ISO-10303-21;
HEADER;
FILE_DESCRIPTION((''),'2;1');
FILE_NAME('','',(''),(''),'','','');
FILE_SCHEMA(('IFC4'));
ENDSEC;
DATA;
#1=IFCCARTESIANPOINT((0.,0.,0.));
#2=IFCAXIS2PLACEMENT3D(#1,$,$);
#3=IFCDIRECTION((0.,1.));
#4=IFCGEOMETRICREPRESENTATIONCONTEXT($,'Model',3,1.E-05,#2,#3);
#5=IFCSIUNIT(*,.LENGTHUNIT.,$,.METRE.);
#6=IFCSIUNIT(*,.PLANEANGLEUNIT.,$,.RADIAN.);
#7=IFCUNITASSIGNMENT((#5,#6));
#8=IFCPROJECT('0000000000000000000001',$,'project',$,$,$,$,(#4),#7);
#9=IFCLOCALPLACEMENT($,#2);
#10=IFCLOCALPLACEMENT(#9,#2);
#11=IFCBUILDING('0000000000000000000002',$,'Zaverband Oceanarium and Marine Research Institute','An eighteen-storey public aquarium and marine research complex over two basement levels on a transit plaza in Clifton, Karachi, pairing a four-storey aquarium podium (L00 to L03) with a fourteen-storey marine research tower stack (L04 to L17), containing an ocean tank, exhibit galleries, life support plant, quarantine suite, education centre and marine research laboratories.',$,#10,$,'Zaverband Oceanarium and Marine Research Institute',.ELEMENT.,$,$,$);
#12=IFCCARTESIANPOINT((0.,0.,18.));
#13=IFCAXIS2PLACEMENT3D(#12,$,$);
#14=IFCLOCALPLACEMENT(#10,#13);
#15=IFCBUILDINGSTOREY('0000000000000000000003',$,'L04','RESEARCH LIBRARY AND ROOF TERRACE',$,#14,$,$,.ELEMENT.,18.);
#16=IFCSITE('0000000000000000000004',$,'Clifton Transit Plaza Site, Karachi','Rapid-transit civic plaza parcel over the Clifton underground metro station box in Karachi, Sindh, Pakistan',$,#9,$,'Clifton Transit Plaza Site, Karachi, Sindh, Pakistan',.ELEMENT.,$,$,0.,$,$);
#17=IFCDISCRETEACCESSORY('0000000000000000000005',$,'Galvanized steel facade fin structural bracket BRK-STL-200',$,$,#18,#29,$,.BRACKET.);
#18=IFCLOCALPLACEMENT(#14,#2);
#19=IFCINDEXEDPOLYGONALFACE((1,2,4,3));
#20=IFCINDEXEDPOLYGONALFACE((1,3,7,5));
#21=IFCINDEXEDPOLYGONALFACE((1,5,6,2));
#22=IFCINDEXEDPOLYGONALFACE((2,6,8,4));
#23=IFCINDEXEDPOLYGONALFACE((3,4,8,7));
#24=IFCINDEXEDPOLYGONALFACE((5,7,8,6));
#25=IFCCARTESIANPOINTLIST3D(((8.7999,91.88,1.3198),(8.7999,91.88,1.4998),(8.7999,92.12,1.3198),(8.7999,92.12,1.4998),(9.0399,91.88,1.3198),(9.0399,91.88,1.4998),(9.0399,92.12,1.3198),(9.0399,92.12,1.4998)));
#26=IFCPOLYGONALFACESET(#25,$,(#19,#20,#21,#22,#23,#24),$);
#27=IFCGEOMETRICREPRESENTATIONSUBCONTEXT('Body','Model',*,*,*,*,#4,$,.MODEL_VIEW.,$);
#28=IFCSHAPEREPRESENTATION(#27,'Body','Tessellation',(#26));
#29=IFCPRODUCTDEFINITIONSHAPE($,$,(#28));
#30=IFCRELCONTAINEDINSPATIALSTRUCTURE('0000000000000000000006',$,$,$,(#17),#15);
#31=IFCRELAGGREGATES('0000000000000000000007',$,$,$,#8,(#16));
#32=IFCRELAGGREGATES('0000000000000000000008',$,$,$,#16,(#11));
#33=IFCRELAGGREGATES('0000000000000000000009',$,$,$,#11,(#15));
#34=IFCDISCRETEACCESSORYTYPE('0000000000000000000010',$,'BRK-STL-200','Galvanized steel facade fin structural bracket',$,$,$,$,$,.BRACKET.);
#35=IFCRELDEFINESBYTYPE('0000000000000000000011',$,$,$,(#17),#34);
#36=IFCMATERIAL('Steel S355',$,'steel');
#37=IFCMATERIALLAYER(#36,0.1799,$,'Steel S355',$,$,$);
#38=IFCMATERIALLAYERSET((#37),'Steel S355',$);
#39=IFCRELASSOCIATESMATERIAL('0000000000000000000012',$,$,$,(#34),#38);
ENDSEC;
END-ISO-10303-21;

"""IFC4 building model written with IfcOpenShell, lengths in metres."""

from ifc_helpers import new_model, si_unit, direction, frame, origin, origin_2d, place, context, subcontext, project, spatial, rectangle, extrude, material, layer, layer_set, type_object, element, save


model = new_model("IFC4")

# Units and contexts
model_context = context("Model", 3, precision=1e-05, world=origin(), true_north=direction((0.0, 1.0)))
body_context = subcontext(model_context, "Body", "Model", "MODEL_VIEW")
ifc_project = project(units=[si_unit("LENGTHUNIT", "METRE"), si_unit("PLANEANGLEUNIT", "RADIAN")], contexts=[model_context])

# Site, building, storey
site_placement = place(None, origin())
site = spatial("IfcSite", under=ifc_project, at=site_placement, Name="Clifton Transit Plaza Site, Karachi", Description="Rapid-transit civic plaza parcel over the Clifton underground metro station box in Karachi, Sindh, Pakistan", LongName="Clifton Transit Plaza Site, Karachi, Sindh, Pakistan", CompositionType="ELEMENT", RefElevation=0.0)
building_placement = place(site_placement, origin())
building = spatial("IfcBuilding", under=site, at=building_placement, Name="Zaverband Oceanarium and Marine Research Institute", Description="An eighteen-storey public aquarium and marine research complex over two basement levels on a transit plaza in Clifton, Karachi, pairing a four-storey aquarium podium (L00 to L03) with a fourteen-storey marine research tower stack (L04 to L17), containing an ocean tank, exhibit galleries, life support plant, quarantine suite, education centre and marine research laboratories.", LongName="Zaverband Oceanarium and Marine Research Institute", CompositionType="ELEMENT")
storey_placement = place(building_placement, frame((0.0, 0.0, 18.0)))
storey = spatial("IfcBuildingStorey", under=building, at=storey_placement, Name="L04", Description="RESEARCH LIBRARY AND ROOF TERRACE", CompositionType="ELEMENT", Elevation=18.0)

# Shared definitions
ifc_material_1 = material(Name="Steel S355", Category="steel")

# Discrete accessory
ifc_layer_1 = layer(ifc_material_1, 0.1799, Name="Steel S355")
ifc_layer_set_1 = layer_set([ifc_layer_1], Name="Steel S355")
discrete_accessory_type = type_object("IfcDiscreteAccessoryType", Name="BRK-STL-200", Description="Galvanized steel facade fin structural bracket", PredefinedType="BRACKET", material=ifc_layer_set_1)
discrete_accessory_placement = place(storey_placement, frame((8.9199, 92.0, 1.3198), z_axis=(0.0, 0.0, 1.0), x_axis=(1.0, 0.0, 0.0)))
element("IfcDiscreteAccessory", 1, at=discrete_accessory_placement, inside=storey, type_object=discrete_accessory_type, Name="Galvanized steel facade fin structural bracket BRK-STL-200", PredefinedType="BRACKET", context=body_context, shape_type="SweptSolid", body=[
    extrude(rectangle(XDim=0.24, YDim=0.24, at=origin_2d()), origin(), (0.0, 0.0, 1.0), 0.1799),
])

save(model, "model.ifc")
